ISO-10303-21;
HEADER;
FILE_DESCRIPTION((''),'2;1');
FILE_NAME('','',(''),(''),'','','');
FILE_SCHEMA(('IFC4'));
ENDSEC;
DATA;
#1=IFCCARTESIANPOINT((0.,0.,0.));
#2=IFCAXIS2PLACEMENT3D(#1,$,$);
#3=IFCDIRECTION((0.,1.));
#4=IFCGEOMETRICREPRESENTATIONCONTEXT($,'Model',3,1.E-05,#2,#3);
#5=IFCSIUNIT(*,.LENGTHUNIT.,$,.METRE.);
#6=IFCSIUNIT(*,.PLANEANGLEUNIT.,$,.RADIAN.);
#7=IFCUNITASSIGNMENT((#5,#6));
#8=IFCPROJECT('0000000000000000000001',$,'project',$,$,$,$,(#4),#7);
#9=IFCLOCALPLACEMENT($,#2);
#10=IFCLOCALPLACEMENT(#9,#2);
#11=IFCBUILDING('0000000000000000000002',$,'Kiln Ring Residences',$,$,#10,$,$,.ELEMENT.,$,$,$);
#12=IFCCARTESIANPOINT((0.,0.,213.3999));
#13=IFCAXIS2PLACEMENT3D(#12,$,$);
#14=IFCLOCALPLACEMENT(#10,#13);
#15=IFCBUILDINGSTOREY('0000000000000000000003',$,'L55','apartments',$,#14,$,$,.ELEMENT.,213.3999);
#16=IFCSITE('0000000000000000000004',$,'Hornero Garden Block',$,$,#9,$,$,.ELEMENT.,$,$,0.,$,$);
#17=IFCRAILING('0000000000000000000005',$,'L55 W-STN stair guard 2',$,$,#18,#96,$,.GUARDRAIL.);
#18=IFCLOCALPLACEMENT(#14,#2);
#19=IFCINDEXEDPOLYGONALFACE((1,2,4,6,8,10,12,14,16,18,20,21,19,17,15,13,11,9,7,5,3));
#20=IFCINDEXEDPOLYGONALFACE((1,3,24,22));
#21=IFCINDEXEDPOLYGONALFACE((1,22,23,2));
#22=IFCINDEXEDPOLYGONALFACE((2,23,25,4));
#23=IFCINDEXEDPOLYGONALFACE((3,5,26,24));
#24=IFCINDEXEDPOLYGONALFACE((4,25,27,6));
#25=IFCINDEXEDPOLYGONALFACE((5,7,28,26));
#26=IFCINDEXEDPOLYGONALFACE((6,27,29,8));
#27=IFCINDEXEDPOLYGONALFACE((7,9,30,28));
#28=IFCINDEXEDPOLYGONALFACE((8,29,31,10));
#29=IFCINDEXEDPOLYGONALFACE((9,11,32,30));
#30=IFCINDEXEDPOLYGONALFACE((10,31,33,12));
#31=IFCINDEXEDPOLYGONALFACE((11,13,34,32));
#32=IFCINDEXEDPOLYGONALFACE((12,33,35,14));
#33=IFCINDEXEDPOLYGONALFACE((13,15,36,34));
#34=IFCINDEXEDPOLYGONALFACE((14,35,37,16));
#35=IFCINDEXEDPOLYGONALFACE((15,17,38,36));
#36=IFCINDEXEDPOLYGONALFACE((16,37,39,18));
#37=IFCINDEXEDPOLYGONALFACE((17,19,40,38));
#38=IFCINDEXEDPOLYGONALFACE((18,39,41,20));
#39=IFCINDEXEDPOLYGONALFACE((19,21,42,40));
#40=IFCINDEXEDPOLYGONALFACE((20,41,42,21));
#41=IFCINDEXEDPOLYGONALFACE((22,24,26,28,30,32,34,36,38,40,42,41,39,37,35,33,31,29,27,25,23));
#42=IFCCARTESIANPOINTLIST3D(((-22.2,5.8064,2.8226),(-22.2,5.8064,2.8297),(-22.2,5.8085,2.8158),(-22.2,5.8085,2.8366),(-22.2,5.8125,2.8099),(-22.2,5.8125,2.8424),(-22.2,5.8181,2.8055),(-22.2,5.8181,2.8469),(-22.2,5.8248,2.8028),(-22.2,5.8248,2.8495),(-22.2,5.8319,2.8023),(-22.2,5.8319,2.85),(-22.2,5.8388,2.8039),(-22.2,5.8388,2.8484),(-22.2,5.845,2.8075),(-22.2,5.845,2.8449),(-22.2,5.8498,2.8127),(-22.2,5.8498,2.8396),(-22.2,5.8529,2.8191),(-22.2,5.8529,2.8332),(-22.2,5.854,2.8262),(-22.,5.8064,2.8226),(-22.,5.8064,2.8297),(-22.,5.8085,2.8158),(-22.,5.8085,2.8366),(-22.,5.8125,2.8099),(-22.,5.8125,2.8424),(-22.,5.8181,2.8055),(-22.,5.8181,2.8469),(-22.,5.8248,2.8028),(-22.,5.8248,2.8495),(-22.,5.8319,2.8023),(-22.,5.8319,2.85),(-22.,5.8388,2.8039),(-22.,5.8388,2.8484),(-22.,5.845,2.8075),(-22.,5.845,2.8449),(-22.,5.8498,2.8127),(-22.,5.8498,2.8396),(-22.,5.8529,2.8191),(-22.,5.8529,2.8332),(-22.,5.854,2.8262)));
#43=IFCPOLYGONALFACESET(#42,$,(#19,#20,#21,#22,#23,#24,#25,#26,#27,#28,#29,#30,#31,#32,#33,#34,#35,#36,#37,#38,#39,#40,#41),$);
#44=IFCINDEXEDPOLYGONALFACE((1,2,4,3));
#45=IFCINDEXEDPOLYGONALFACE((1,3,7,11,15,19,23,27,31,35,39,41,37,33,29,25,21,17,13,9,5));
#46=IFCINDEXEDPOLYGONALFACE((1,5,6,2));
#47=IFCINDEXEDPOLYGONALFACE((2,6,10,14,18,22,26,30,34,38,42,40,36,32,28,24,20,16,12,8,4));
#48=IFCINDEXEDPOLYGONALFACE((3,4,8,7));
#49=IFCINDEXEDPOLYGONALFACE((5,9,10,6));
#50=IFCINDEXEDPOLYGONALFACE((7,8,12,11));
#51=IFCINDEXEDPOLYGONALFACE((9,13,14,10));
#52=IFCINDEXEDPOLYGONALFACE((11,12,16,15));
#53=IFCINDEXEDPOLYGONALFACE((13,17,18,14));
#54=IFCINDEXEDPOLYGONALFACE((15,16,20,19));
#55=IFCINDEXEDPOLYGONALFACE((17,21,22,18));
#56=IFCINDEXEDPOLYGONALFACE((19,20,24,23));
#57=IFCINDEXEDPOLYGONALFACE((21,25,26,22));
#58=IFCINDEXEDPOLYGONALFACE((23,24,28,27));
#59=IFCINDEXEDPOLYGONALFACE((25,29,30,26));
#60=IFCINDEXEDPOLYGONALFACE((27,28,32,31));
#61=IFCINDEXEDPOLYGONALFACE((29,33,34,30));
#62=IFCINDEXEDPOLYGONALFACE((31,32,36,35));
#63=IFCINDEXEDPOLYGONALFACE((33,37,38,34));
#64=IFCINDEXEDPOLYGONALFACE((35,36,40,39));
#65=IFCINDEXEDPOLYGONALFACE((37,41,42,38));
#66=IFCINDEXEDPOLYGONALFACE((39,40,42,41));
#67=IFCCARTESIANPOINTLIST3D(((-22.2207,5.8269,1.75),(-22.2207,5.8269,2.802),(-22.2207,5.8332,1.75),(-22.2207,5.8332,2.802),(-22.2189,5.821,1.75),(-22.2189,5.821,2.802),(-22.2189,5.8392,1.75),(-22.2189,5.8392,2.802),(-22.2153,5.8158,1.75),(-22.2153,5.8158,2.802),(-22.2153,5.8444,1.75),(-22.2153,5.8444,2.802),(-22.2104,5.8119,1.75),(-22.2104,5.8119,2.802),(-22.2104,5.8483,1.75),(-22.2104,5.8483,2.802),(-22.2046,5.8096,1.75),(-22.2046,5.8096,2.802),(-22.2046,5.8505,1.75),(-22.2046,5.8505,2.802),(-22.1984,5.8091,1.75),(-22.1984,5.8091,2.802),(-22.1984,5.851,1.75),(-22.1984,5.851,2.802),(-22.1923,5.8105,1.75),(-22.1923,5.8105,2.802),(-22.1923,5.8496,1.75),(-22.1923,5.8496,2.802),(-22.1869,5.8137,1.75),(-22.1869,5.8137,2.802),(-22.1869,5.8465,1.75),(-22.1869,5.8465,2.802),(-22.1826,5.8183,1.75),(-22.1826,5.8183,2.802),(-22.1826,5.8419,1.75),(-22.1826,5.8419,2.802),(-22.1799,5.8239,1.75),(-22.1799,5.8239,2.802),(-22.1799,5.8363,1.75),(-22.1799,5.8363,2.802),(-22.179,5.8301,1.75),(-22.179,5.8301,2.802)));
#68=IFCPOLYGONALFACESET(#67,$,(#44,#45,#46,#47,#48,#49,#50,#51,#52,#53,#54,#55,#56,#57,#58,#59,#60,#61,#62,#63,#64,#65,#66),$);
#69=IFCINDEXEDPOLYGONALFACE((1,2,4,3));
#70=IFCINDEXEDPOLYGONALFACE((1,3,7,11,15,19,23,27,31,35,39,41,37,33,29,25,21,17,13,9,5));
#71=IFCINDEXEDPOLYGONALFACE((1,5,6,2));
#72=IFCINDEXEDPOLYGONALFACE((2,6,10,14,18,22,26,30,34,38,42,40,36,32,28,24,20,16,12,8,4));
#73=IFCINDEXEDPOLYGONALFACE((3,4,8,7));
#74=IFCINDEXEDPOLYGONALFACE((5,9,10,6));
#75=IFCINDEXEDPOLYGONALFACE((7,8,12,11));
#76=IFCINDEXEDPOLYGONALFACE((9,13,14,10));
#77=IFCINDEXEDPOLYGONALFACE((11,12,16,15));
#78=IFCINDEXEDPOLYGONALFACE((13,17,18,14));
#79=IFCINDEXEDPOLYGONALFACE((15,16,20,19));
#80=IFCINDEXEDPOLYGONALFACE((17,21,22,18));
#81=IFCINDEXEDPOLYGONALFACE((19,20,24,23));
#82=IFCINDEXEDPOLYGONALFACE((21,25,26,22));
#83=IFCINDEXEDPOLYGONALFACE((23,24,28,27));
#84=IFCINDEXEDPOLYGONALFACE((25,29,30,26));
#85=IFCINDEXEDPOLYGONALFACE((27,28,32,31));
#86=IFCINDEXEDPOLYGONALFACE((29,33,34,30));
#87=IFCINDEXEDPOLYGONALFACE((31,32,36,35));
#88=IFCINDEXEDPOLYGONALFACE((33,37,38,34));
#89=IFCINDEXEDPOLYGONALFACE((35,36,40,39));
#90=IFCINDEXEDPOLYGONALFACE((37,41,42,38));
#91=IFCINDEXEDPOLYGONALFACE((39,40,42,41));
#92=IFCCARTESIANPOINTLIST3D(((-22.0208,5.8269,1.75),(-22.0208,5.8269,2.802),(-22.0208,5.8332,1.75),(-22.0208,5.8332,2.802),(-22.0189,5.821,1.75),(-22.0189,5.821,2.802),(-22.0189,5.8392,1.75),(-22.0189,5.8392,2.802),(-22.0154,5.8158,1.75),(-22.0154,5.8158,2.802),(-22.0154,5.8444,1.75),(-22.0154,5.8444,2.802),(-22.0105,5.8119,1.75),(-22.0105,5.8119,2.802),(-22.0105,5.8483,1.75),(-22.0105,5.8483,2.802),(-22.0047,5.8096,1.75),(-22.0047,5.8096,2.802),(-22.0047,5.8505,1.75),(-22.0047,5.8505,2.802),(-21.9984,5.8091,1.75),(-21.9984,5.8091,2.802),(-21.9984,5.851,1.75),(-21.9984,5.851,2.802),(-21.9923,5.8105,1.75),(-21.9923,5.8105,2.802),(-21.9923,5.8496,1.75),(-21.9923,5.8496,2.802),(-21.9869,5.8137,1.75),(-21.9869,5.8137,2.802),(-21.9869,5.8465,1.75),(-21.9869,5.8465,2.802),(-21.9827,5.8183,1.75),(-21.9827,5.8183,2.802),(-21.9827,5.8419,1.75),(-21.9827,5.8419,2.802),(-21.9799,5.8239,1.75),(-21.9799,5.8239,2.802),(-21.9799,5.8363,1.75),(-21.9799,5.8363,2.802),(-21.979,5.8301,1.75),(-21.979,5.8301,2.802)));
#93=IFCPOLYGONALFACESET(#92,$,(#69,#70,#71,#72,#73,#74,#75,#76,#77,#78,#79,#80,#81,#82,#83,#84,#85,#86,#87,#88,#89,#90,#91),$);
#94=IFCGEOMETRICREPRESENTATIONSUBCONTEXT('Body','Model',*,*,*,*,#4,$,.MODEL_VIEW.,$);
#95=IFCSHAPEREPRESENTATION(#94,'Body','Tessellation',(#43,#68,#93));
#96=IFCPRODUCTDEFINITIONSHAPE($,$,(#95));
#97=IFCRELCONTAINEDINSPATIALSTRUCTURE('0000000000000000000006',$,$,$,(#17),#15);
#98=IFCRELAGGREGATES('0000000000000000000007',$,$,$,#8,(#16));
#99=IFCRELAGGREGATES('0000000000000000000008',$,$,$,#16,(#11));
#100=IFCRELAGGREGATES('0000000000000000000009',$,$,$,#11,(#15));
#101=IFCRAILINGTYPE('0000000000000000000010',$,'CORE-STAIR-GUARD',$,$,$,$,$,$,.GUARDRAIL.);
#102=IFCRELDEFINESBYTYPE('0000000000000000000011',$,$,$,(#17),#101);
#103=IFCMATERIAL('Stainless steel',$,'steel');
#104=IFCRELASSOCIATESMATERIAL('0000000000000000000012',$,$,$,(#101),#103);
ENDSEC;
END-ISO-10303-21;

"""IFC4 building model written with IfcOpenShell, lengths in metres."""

from ifc_helpers import new_model, si_unit, direction, frame, origin, origin_2d, place, context, subcontext, project, spatial, circle, extrude, material, type_object, element, save


model = new_model("IFC4")

# Units and contexts
model_context = context("Model", 3, precision=1e-05, world=origin(), true_north=direction((0.0, 1.0)))
body_context = subcontext(model_context, "Body", "Model", "MODEL_VIEW")
ifc_project = project(units=[si_unit("LENGTHUNIT", "METRE"), si_unit("PLANEANGLEUNIT", "RADIAN")], contexts=[model_context])

# Site, building, storey
site_placement = place(None, origin())
site = spatial("IfcSite", under=ifc_project, at=site_placement, Name="Hornero Garden Block", CompositionType="ELEMENT", RefElevation=0.0)
building_placement = place(site_placement, origin())
building = spatial("IfcBuilding", under=site, at=building_placement, Name="Kiln Ring Residences", CompositionType="ELEMENT")
storey_placement = place(building_placement, frame((0.0, 0.0, 213.3999)))
storey = spatial("IfcBuildingStorey", under=building, at=storey_placement, Name="L55", Description="apartments", CompositionType="ELEMENT", Elevation=213.3999)

# Railing
ifc_material_1 = material(Name="Stainless steel", Category="steel")
railing_type_1 = type_object("IfcRailingType", Name="CORE-STAIR-GUARD", PredefinedType="GUARDRAIL", material=ifc_material_1)
railing_1_placement = place(storey_placement, frame((-22.2, 5.8301, 1.75)))
element("IfcRailing", 1, at=railing_1_placement, inside=storey, type_object=railing_type_1, Name="L55 W-STN stair guard 2", PredefinedType="GUARDRAIL", context=body_context, shape_type="SweptSolid", body=[
    extrude(circle(Radius=0.0239, at=origin_2d()), frame((0.0, 0.0, 1.0762), z_axis=(1.0, 0.0, 0.0), x_axis=(0.0, 1.0, 0.0)), (0.0, 0.0, 1.0), 0.2),
    extrude(circle(Radius=0.021, at=origin_2d()), origin(), (0.0, 0.0, 1.0), 1.052),
    extrude(circle(Radius=0.021, at=origin_2d()), frame((0.2, 0.0, 0.0)), (0.0, 0.0, 1.0), 1.052),
])

save(model, "model.ifc")
